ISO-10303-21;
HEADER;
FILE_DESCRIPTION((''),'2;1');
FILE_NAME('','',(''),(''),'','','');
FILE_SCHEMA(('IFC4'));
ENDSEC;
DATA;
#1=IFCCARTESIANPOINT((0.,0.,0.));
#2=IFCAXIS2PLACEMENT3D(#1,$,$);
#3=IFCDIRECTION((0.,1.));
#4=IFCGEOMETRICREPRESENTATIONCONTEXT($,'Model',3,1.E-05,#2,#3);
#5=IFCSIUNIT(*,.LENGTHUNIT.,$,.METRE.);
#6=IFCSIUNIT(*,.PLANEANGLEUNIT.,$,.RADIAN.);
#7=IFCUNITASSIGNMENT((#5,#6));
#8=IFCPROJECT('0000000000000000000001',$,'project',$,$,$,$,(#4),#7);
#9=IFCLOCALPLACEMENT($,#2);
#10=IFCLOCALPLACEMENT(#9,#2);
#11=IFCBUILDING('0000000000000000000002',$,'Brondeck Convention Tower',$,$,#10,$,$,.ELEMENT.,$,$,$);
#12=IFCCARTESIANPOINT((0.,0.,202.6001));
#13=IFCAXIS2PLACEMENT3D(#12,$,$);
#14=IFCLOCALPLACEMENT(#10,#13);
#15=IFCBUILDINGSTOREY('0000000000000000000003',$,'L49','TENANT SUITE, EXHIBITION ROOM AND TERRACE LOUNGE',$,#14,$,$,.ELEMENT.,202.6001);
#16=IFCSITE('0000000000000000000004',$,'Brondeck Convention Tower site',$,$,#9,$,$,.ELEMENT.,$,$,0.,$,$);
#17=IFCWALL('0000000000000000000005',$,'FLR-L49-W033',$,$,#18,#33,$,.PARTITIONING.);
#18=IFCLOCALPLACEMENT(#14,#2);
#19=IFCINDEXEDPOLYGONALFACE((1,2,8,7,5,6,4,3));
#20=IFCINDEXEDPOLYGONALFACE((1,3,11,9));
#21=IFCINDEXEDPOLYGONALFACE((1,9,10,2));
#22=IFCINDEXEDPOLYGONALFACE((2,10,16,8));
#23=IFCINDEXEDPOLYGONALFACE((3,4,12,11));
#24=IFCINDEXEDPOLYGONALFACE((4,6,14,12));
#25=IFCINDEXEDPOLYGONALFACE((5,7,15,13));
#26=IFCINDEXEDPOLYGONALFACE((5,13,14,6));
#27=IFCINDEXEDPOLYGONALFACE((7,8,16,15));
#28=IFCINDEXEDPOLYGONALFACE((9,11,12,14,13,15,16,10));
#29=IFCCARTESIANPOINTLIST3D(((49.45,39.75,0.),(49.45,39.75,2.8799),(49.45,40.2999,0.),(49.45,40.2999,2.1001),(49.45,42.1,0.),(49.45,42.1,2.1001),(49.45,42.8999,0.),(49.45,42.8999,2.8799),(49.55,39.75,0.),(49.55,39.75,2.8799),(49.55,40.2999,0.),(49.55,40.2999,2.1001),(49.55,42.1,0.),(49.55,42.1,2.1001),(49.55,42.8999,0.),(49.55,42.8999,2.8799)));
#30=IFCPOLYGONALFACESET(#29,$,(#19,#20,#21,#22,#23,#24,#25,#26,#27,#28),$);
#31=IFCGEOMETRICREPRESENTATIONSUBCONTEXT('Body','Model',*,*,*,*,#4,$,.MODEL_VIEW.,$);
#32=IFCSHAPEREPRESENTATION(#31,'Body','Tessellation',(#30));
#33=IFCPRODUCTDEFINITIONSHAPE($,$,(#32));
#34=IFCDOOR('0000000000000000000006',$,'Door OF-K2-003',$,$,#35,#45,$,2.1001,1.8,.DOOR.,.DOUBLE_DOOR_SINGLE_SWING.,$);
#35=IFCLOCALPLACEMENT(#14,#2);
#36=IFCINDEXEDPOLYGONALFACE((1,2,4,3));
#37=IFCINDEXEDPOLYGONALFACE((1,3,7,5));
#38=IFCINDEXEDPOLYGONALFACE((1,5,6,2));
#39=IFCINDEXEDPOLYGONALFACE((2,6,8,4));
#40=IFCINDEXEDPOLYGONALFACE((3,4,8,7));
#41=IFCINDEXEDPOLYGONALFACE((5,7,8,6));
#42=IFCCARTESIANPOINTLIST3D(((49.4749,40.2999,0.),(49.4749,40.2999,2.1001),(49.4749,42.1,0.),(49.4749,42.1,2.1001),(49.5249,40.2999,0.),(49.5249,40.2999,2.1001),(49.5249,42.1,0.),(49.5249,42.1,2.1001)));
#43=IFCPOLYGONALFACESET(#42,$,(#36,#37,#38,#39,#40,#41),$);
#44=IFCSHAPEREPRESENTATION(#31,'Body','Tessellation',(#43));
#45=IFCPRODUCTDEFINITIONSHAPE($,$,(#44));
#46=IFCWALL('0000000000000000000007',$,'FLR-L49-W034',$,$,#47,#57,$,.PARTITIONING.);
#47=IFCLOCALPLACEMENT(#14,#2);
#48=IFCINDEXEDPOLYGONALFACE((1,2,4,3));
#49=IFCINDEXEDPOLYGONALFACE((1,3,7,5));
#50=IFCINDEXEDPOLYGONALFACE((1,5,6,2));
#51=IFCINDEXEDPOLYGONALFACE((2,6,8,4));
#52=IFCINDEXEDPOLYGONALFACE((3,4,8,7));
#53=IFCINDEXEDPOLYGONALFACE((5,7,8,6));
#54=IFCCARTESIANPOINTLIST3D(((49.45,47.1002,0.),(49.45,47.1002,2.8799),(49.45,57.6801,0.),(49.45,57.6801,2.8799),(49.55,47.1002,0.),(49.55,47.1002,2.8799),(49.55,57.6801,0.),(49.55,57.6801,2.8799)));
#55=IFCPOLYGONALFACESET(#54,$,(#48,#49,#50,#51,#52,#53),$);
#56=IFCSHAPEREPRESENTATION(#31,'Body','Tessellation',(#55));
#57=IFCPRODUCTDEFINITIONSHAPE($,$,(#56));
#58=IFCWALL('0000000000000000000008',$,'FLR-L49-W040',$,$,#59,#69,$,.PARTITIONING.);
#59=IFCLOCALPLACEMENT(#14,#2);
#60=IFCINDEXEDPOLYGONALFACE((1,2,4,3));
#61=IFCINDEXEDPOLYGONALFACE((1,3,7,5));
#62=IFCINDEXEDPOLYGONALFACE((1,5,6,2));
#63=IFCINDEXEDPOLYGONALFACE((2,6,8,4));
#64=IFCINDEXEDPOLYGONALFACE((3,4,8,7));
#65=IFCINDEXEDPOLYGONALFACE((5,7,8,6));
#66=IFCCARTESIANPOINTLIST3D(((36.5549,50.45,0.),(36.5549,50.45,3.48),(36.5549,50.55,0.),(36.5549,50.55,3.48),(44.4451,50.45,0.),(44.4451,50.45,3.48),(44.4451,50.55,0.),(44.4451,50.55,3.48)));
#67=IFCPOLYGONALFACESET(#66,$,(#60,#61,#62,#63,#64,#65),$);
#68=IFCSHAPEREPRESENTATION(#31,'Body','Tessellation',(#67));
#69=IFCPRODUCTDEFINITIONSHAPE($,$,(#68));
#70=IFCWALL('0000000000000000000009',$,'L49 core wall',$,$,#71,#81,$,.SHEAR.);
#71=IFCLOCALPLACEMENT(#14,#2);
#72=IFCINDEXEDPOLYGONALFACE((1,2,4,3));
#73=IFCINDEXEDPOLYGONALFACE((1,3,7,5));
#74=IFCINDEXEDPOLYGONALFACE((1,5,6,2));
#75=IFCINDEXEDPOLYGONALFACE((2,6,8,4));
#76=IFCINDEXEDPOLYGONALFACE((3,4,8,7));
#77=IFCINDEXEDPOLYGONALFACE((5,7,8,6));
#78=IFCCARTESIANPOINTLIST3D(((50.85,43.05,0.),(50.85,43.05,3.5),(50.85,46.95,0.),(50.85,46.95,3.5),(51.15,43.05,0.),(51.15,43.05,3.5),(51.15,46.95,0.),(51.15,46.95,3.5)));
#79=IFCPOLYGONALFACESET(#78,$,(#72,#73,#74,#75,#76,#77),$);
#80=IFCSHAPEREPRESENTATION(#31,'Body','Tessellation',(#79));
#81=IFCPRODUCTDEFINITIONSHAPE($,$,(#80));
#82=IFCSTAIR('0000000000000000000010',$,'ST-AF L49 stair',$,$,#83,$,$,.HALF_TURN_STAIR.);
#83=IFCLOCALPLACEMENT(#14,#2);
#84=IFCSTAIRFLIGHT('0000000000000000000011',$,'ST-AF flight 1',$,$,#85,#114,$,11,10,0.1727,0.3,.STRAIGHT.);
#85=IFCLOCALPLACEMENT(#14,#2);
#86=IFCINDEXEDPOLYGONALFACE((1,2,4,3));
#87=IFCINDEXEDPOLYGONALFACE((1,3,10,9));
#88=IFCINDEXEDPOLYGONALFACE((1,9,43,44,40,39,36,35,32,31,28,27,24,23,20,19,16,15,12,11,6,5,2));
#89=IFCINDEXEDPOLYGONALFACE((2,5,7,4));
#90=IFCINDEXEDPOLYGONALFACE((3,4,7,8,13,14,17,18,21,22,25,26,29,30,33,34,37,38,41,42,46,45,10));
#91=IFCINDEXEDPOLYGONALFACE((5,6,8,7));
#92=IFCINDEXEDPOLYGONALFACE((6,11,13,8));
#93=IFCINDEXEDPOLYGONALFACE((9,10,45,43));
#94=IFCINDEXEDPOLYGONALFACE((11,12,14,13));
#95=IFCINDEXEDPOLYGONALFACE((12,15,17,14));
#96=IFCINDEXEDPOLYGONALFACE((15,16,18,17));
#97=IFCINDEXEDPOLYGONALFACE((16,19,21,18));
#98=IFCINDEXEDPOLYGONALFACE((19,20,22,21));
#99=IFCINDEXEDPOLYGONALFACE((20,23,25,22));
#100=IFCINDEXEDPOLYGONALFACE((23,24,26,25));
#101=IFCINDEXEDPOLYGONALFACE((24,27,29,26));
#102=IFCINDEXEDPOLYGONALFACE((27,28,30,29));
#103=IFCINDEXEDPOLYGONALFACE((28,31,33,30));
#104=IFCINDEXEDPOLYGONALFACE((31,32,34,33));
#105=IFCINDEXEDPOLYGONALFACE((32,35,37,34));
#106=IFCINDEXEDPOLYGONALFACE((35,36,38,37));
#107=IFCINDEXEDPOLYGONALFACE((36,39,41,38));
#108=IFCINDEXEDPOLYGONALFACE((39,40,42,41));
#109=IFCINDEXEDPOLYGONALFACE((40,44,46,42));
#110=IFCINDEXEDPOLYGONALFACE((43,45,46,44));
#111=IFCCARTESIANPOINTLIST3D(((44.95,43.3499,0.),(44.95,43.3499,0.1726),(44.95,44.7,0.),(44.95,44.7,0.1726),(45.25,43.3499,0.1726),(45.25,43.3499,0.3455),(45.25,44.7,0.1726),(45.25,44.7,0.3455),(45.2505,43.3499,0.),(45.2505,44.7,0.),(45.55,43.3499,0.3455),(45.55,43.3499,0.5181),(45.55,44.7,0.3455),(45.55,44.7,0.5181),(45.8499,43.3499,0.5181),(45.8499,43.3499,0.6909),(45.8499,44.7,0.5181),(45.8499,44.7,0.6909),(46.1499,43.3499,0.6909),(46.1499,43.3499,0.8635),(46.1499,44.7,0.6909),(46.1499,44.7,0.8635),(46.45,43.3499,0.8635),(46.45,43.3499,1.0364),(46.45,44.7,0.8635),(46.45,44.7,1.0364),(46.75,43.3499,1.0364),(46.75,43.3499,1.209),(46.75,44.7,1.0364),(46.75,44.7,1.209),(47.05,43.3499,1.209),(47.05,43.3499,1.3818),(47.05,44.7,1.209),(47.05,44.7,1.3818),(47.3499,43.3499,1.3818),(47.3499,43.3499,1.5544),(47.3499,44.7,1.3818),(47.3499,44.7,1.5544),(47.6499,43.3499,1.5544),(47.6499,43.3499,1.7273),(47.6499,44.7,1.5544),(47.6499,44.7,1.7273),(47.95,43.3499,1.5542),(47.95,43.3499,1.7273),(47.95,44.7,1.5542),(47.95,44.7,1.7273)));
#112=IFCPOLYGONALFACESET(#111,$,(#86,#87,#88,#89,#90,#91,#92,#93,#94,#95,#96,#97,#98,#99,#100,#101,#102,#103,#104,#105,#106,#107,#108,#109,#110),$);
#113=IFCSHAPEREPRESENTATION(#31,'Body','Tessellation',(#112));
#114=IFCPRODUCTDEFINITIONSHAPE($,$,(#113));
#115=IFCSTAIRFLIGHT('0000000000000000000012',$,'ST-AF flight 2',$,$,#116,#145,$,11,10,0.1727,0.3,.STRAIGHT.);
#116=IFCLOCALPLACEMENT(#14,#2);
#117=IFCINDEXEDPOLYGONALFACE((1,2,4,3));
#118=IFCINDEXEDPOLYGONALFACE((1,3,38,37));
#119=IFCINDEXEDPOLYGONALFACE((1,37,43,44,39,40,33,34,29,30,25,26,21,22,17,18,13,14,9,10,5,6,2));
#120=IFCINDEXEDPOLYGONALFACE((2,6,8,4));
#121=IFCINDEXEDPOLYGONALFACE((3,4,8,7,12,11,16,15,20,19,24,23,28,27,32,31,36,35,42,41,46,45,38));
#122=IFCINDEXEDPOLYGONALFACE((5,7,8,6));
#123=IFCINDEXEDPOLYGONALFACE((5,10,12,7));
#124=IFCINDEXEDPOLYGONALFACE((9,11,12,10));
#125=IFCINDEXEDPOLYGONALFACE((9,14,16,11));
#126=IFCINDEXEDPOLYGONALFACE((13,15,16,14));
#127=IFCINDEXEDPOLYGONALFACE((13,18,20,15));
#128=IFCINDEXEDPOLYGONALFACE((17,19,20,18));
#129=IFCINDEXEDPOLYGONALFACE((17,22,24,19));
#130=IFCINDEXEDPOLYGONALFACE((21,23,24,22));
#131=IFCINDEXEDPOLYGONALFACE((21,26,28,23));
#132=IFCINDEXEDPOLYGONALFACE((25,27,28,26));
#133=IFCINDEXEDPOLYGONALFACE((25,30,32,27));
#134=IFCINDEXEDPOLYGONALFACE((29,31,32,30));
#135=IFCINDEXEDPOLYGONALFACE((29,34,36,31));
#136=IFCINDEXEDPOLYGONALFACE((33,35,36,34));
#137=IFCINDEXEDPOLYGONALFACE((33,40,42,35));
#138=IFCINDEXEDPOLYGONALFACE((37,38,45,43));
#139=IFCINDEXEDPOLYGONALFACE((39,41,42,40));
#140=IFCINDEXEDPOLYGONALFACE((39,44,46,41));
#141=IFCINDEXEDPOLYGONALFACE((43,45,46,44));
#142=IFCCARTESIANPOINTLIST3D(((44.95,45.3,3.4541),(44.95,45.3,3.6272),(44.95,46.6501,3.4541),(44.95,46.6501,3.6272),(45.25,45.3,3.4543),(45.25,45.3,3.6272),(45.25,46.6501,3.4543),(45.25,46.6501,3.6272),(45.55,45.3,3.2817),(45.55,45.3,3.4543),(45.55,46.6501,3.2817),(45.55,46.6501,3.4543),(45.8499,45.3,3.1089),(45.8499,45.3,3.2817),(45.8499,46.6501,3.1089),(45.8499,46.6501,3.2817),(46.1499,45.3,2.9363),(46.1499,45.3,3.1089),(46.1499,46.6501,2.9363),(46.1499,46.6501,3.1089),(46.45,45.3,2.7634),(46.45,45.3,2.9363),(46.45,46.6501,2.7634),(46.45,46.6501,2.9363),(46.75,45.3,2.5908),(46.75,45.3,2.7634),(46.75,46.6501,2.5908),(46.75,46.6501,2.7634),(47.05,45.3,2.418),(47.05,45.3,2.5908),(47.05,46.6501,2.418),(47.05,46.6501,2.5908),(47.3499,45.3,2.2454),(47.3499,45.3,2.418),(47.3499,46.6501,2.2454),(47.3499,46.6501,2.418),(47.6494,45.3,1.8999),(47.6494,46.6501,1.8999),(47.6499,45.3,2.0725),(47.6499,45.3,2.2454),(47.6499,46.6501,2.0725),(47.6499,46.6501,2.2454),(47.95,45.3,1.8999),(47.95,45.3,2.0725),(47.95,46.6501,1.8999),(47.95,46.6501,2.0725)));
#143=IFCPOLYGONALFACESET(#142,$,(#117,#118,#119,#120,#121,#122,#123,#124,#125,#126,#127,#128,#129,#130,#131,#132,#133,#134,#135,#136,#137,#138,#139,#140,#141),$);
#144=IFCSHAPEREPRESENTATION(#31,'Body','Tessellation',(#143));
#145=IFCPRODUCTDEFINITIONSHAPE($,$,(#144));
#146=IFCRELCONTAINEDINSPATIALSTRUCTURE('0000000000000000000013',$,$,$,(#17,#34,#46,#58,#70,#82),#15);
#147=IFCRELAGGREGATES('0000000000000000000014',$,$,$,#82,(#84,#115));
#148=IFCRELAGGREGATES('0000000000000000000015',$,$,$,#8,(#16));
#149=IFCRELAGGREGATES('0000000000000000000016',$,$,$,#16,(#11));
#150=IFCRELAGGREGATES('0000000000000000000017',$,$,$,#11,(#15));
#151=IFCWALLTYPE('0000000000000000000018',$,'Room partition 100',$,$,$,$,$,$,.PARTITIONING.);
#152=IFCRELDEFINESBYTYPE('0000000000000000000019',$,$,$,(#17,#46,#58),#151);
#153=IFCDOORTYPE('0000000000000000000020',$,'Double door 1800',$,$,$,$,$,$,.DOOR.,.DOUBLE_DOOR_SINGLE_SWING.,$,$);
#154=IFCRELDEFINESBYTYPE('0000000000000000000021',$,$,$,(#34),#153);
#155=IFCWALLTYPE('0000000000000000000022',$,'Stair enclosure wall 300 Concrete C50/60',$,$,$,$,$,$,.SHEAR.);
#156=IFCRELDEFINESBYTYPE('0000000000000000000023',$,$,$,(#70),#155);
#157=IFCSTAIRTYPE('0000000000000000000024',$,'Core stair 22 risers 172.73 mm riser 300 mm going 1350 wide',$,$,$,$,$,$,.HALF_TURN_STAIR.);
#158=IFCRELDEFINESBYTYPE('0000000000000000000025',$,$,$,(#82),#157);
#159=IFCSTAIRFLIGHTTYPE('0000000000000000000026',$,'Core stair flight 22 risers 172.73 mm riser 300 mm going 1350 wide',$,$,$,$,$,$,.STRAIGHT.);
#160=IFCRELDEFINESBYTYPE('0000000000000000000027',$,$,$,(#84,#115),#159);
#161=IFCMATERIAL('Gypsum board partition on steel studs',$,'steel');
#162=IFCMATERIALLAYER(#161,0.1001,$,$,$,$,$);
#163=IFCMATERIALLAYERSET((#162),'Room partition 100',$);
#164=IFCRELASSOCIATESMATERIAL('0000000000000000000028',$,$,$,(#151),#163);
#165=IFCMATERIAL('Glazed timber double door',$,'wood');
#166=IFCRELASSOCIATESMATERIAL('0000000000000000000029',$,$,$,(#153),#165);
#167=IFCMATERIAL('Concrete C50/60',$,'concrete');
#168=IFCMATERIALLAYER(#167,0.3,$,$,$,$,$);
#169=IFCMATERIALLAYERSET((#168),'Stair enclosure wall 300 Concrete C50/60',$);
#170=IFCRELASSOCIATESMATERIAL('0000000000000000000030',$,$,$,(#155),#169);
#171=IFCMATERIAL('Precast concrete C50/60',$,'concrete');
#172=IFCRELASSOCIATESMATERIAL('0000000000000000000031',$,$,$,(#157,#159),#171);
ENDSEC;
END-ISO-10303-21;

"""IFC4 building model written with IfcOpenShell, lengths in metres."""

from ifc_helpers import new_model, si_unit, direction, frame, frame_2d, origin, place, context, subcontext, project, spatial, polyline, rectangle, outline, extrude, material, layer, layer_set, type_object, element, fill, aggregate, save


model = new_model("IFC4")

# Units and contexts
model_context = context("Model", 3, precision=1e-05, world=origin(), true_north=direction((0.0, 1.0)))
body_context = subcontext(model_context, "Body", "Model", "MODEL_VIEW")
ifc_project = project(units=[si_unit("LENGTHUNIT", "METRE"), si_unit("PLANEANGLEUNIT", "RADIAN")], contexts=[model_context])

# Site, building, storey
site_placement = place(None, origin())
site = spatial("IfcSite", under=ifc_project, at=site_placement, Name="Brondeck Convention Tower site", CompositionType="ELEMENT", RefElevation=0.0)
building_placement = place(site_placement, origin())
building = spatial("IfcBuilding", under=site, at=building_placement, Name="Brondeck Convention Tower", CompositionType="ELEMENT")
storey_placement = place(building_placement, frame((0.0, 0.0, 202.6001)))
storey = spatial("IfcBuildingStorey", under=building, at=storey_placement, Name="L49", Description="TENANT SUITE, EXHIBITION ROOM AND TERRACE LOUNGE", CompositionType="ELEMENT", Elevation=202.6001)

# Shared definitions
ifc_material_1 = material(Name="Concrete C50/60", Category="concrete")

# Wall, opening, door
ifc_material_2 = material(Name="Gypsum board partition on steel studs", Category="steel")
ifc_layer_1 = layer(ifc_material_2, 0.1001)
ifc_layer_set_1 = layer_set([ifc_layer_1], Name="Room partition 100")
wall_type_1 = type_object("IfcWallType", Name="Room partition 100", PredefinedType="PARTITIONING", material=ifc_layer_set_1)
wall_1_placement = place(storey_placement, frame((49.5, 42.8999, 0.0), z_axis=(0.0, 0.0, 1.0), x_axis=(0.0, -1.0, 0.0)))
wall_1 = element("IfcWall", 1, at=wall_1_placement, inside=storey, type_object=wall_type_1, Name="FLR-L49-W033", PredefinedType="PARTITIONING", context=body_context, shape_type="SweptSolid", body=[
    extrude(rectangle(XDim=3.1499, YDim=0.1001, at=frame_2d((1.575, 0.0))), origin(), (0.0, 0.0, 1.0), 2.8799),
])
opening_placement = place(wall_1_placement, frame((0.8, 0.0, 0.0)))
opening = element("IfcOpeningElement", 2, at=opening_placement, cuts=wall_1, PredefinedType="OPENING", context=body_context, shape_type="SweptSolid", body=[
    extrude(rectangle(XDim=1.8, YDim=2.1001, at=frame_2d((0.8999, 1.05))), frame((0.0, 0.0601, 0.0), z_axis=(0.0, -1.0, 0.0), x_axis=(1.0, 0.0, 0.0)), (0.0, 0.0, 1.0), 0.1201),
])
ifc_material_3 = material(Name="Glazed timber double door", Category="wood")
door_type = type_object("IfcDoorType", Name="Double door 1800", OperationType="DOUBLE_DOOR_SINGLE_SWING", PredefinedType="DOOR", material=ifc_material_3)
door_placement = place(opening_placement, origin())
door = element("IfcDoor", 3, at=door_placement, inside=storey, type_object=door_type, Name="Door OF-K2-003", OperationType="DOUBLE_DOOR_SINGLE_SWING", OverallHeight=2.1001, OverallWidth=1.8, PredefinedType="DOOR", context=body_context, shape_type="SweptSolid", body=[
    extrude(rectangle(XDim=1.8, YDim=2.1001, at=frame_2d((0.8999, 1.05))), frame((0.0, 0.0249, 0.0), z_axis=(0.0, -1.0, 0.0), x_axis=(1.0, 0.0, 0.0)), (0.0, 0.0, 1.0), 0.05),
])
fill(opening, door)

# Walls
wall_2_placement = place(storey_placement, frame((49.5, 47.1001, 0.0), z_axis=(0.0, 0.0, 1.0), x_axis=(0.0, 1.0, 0.0)))
element("IfcWall", 4, at=wall_2_placement, inside=storey, type_object=wall_type_1, Name="FLR-L49-W034", PredefinedType="PARTITIONING", context=body_context, shape_type="SweptSolid", body=[
    extrude(rectangle(XDim=10.5798, YDim=0.1001, at=frame_2d((5.29, 0.0))), origin(), (0.0, 0.0, 1.0), 2.8799),
])
wall_3_placement = place(storey_placement, frame((44.4451, 50.5, 0.0), z_axis=(0.0, 0.0, 1.0), x_axis=(-1.0, 0.0, 0.0)))
element("IfcWall", 5, at=wall_3_placement, inside=storey, type_object=wall_type_1, Name="FLR-L49-W040", PredefinedType="PARTITIONING", context=body_context, shape_type="SweptSolid", body=[
    extrude(rectangle(XDim=7.8901, YDim=0.1001, at=frame_2d((3.9451, 0.0))), origin(), (0.0, 0.0, 1.0), 3.48),
])
ifc_layer_2 = layer(ifc_material_1, 0.3)
ifc_layer_set_2 = layer_set([ifc_layer_2], Name="Stair enclosure wall 300 Concrete C50/60")
wall_type_2 = type_object("IfcWallType", Name="Stair enclosure wall 300 Concrete C50/60", PredefinedType="SHEAR", material=ifc_layer_set_2)
wall_4_placement = place(storey_placement, frame((51.0, 43.05, 0.0), z_axis=(0.0, 0.0, 1.0), x_axis=(0.0, 1.0, 0.0)))
element("IfcWall", 6, at=wall_4_placement, inside=storey, type_object=wall_type_2, Name="L49 core wall", PredefinedType="SHEAR", context=body_context, shape_type="SweptSolid", body=[
    extrude(rectangle(XDim=3.8999, YDim=0.3, at=frame_2d((1.95, 0.0))), origin(), (0.0, 0.0, 1.0), 3.5),
])

# Stair, stair flights
ifc_material_4 = material(Name="Precast concrete C50/60", Category="concrete")
stair_type = type_object("IfcStairType", Name="Core stair 22 risers 172.73 mm riser 300 mm going 1350 wide", PredefinedType="HALF_TURN_STAIR", material=ifc_material_4)
stair_placement = place(storey_placement, origin())
stair = element("IfcStair", 7, at=stair_placement, inside=storey, type_object=stair_type, Name="ST-AF L49 stair", PredefinedType="HALF_TURN_STAIR")
stair_flight_type = type_object("IfcStairFlightType", Name="Core stair flight 22 risers 172.73 mm riser 300 mm going 1350 wide", PredefinedType="STRAIGHT", material=ifc_material_4)
stair_flight_1_placement = place(storey_placement, frame((44.95, 44.0249, 0.0), z_axis=(0.0, 0.0, 1.0), x_axis=(1.0, 0.0, 0.0)))
stair_flight_1 = element("IfcStairFlight", 8, at=stair_flight_1_placement, type_object=stair_flight_type, Name="ST-AF flight 1", NumberOfRisers=11, NumberOfTreads=10, PredefinedType="STRAIGHT", RiserHeight=0.1727, TreadLength=0.3, context=body_context, shape_type="SweptSolid", body=[
    extrude(outline(polyline([(0.0, 0.0), (0.0, 0.1726), (0.3, 0.1726), (0.3, 0.3455), (0.6001, 0.3455), (0.6001, 0.5181), (0.8999, 0.5181), (0.8999, 0.6909), (1.2, 0.6909), (1.2, 0.8635), (1.5, 0.8635), (1.5, 1.0364), (1.8, 1.0364), (1.8, 1.209), (2.1001, 1.209), (2.1001, 1.3818), (2.3999, 1.3818), (2.3999, 1.5544), (2.7, 1.5544), (2.7, 1.7273), (3.0, 1.7273), (3.0, 1.8999), (3.0, 1.5542), (0.3005, 0.0), (0.0, 0.0)])), frame((0.0, 0.675, 0.0), z_axis=(0.0, -1.0, 0.0), x_axis=(1.0, 0.0, 0.0)), (0.0, 0.0, 1.0), 1.3501),
])
stair_flight_2_placement = place(storey_placement, frame((47.95, 45.9751, 1.8999), z_axis=(0.0, 0.0, 1.0), x_axis=(-1.0, 0.0, 0.0)))
stair_flight_2 = element("IfcStairFlight", 9, at=stair_flight_2_placement, type_object=stair_flight_type, Name="ST-AF flight 2", NumberOfRisers=11, NumberOfTreads=10, PredefinedType="STRAIGHT", RiserHeight=0.1727, TreadLength=0.3, context=body_context, shape_type="SweptSolid", body=[
    extrude(outline(polyline([(0.0, 0.0), (0.0, 0.1726), (0.3, 0.1726), (0.3, 0.3455), (0.6001, 0.3455), (0.6001, 0.5181), (0.8999, 0.5181), (0.8999, 0.6909), (1.2, 0.6909), (1.2, 0.8635), (1.5, 0.8635), (1.5, 1.0364), (1.8, 1.0364), (1.8, 1.209), (2.1001, 1.209), (2.1001, 1.3818), (2.3999, 1.3818), (2.3999, 1.5544), (2.7, 1.5544), (2.7, 1.7273), (3.0, 1.7273), (3.0, 1.8999), (3.0, 1.5542), (0.3005, 0.0), (0.0, 0.0)])), frame((0.0, 0.675, 0.0), z_axis=(0.0, -1.0, 0.0), x_axis=(1.0, 0.0, 0.0)), (0.0, 0.0, 1.0), 1.3501),
])
aggregate(stair, [stair_flight_1, stair_flight_2])

save(model, "model.ifc")
